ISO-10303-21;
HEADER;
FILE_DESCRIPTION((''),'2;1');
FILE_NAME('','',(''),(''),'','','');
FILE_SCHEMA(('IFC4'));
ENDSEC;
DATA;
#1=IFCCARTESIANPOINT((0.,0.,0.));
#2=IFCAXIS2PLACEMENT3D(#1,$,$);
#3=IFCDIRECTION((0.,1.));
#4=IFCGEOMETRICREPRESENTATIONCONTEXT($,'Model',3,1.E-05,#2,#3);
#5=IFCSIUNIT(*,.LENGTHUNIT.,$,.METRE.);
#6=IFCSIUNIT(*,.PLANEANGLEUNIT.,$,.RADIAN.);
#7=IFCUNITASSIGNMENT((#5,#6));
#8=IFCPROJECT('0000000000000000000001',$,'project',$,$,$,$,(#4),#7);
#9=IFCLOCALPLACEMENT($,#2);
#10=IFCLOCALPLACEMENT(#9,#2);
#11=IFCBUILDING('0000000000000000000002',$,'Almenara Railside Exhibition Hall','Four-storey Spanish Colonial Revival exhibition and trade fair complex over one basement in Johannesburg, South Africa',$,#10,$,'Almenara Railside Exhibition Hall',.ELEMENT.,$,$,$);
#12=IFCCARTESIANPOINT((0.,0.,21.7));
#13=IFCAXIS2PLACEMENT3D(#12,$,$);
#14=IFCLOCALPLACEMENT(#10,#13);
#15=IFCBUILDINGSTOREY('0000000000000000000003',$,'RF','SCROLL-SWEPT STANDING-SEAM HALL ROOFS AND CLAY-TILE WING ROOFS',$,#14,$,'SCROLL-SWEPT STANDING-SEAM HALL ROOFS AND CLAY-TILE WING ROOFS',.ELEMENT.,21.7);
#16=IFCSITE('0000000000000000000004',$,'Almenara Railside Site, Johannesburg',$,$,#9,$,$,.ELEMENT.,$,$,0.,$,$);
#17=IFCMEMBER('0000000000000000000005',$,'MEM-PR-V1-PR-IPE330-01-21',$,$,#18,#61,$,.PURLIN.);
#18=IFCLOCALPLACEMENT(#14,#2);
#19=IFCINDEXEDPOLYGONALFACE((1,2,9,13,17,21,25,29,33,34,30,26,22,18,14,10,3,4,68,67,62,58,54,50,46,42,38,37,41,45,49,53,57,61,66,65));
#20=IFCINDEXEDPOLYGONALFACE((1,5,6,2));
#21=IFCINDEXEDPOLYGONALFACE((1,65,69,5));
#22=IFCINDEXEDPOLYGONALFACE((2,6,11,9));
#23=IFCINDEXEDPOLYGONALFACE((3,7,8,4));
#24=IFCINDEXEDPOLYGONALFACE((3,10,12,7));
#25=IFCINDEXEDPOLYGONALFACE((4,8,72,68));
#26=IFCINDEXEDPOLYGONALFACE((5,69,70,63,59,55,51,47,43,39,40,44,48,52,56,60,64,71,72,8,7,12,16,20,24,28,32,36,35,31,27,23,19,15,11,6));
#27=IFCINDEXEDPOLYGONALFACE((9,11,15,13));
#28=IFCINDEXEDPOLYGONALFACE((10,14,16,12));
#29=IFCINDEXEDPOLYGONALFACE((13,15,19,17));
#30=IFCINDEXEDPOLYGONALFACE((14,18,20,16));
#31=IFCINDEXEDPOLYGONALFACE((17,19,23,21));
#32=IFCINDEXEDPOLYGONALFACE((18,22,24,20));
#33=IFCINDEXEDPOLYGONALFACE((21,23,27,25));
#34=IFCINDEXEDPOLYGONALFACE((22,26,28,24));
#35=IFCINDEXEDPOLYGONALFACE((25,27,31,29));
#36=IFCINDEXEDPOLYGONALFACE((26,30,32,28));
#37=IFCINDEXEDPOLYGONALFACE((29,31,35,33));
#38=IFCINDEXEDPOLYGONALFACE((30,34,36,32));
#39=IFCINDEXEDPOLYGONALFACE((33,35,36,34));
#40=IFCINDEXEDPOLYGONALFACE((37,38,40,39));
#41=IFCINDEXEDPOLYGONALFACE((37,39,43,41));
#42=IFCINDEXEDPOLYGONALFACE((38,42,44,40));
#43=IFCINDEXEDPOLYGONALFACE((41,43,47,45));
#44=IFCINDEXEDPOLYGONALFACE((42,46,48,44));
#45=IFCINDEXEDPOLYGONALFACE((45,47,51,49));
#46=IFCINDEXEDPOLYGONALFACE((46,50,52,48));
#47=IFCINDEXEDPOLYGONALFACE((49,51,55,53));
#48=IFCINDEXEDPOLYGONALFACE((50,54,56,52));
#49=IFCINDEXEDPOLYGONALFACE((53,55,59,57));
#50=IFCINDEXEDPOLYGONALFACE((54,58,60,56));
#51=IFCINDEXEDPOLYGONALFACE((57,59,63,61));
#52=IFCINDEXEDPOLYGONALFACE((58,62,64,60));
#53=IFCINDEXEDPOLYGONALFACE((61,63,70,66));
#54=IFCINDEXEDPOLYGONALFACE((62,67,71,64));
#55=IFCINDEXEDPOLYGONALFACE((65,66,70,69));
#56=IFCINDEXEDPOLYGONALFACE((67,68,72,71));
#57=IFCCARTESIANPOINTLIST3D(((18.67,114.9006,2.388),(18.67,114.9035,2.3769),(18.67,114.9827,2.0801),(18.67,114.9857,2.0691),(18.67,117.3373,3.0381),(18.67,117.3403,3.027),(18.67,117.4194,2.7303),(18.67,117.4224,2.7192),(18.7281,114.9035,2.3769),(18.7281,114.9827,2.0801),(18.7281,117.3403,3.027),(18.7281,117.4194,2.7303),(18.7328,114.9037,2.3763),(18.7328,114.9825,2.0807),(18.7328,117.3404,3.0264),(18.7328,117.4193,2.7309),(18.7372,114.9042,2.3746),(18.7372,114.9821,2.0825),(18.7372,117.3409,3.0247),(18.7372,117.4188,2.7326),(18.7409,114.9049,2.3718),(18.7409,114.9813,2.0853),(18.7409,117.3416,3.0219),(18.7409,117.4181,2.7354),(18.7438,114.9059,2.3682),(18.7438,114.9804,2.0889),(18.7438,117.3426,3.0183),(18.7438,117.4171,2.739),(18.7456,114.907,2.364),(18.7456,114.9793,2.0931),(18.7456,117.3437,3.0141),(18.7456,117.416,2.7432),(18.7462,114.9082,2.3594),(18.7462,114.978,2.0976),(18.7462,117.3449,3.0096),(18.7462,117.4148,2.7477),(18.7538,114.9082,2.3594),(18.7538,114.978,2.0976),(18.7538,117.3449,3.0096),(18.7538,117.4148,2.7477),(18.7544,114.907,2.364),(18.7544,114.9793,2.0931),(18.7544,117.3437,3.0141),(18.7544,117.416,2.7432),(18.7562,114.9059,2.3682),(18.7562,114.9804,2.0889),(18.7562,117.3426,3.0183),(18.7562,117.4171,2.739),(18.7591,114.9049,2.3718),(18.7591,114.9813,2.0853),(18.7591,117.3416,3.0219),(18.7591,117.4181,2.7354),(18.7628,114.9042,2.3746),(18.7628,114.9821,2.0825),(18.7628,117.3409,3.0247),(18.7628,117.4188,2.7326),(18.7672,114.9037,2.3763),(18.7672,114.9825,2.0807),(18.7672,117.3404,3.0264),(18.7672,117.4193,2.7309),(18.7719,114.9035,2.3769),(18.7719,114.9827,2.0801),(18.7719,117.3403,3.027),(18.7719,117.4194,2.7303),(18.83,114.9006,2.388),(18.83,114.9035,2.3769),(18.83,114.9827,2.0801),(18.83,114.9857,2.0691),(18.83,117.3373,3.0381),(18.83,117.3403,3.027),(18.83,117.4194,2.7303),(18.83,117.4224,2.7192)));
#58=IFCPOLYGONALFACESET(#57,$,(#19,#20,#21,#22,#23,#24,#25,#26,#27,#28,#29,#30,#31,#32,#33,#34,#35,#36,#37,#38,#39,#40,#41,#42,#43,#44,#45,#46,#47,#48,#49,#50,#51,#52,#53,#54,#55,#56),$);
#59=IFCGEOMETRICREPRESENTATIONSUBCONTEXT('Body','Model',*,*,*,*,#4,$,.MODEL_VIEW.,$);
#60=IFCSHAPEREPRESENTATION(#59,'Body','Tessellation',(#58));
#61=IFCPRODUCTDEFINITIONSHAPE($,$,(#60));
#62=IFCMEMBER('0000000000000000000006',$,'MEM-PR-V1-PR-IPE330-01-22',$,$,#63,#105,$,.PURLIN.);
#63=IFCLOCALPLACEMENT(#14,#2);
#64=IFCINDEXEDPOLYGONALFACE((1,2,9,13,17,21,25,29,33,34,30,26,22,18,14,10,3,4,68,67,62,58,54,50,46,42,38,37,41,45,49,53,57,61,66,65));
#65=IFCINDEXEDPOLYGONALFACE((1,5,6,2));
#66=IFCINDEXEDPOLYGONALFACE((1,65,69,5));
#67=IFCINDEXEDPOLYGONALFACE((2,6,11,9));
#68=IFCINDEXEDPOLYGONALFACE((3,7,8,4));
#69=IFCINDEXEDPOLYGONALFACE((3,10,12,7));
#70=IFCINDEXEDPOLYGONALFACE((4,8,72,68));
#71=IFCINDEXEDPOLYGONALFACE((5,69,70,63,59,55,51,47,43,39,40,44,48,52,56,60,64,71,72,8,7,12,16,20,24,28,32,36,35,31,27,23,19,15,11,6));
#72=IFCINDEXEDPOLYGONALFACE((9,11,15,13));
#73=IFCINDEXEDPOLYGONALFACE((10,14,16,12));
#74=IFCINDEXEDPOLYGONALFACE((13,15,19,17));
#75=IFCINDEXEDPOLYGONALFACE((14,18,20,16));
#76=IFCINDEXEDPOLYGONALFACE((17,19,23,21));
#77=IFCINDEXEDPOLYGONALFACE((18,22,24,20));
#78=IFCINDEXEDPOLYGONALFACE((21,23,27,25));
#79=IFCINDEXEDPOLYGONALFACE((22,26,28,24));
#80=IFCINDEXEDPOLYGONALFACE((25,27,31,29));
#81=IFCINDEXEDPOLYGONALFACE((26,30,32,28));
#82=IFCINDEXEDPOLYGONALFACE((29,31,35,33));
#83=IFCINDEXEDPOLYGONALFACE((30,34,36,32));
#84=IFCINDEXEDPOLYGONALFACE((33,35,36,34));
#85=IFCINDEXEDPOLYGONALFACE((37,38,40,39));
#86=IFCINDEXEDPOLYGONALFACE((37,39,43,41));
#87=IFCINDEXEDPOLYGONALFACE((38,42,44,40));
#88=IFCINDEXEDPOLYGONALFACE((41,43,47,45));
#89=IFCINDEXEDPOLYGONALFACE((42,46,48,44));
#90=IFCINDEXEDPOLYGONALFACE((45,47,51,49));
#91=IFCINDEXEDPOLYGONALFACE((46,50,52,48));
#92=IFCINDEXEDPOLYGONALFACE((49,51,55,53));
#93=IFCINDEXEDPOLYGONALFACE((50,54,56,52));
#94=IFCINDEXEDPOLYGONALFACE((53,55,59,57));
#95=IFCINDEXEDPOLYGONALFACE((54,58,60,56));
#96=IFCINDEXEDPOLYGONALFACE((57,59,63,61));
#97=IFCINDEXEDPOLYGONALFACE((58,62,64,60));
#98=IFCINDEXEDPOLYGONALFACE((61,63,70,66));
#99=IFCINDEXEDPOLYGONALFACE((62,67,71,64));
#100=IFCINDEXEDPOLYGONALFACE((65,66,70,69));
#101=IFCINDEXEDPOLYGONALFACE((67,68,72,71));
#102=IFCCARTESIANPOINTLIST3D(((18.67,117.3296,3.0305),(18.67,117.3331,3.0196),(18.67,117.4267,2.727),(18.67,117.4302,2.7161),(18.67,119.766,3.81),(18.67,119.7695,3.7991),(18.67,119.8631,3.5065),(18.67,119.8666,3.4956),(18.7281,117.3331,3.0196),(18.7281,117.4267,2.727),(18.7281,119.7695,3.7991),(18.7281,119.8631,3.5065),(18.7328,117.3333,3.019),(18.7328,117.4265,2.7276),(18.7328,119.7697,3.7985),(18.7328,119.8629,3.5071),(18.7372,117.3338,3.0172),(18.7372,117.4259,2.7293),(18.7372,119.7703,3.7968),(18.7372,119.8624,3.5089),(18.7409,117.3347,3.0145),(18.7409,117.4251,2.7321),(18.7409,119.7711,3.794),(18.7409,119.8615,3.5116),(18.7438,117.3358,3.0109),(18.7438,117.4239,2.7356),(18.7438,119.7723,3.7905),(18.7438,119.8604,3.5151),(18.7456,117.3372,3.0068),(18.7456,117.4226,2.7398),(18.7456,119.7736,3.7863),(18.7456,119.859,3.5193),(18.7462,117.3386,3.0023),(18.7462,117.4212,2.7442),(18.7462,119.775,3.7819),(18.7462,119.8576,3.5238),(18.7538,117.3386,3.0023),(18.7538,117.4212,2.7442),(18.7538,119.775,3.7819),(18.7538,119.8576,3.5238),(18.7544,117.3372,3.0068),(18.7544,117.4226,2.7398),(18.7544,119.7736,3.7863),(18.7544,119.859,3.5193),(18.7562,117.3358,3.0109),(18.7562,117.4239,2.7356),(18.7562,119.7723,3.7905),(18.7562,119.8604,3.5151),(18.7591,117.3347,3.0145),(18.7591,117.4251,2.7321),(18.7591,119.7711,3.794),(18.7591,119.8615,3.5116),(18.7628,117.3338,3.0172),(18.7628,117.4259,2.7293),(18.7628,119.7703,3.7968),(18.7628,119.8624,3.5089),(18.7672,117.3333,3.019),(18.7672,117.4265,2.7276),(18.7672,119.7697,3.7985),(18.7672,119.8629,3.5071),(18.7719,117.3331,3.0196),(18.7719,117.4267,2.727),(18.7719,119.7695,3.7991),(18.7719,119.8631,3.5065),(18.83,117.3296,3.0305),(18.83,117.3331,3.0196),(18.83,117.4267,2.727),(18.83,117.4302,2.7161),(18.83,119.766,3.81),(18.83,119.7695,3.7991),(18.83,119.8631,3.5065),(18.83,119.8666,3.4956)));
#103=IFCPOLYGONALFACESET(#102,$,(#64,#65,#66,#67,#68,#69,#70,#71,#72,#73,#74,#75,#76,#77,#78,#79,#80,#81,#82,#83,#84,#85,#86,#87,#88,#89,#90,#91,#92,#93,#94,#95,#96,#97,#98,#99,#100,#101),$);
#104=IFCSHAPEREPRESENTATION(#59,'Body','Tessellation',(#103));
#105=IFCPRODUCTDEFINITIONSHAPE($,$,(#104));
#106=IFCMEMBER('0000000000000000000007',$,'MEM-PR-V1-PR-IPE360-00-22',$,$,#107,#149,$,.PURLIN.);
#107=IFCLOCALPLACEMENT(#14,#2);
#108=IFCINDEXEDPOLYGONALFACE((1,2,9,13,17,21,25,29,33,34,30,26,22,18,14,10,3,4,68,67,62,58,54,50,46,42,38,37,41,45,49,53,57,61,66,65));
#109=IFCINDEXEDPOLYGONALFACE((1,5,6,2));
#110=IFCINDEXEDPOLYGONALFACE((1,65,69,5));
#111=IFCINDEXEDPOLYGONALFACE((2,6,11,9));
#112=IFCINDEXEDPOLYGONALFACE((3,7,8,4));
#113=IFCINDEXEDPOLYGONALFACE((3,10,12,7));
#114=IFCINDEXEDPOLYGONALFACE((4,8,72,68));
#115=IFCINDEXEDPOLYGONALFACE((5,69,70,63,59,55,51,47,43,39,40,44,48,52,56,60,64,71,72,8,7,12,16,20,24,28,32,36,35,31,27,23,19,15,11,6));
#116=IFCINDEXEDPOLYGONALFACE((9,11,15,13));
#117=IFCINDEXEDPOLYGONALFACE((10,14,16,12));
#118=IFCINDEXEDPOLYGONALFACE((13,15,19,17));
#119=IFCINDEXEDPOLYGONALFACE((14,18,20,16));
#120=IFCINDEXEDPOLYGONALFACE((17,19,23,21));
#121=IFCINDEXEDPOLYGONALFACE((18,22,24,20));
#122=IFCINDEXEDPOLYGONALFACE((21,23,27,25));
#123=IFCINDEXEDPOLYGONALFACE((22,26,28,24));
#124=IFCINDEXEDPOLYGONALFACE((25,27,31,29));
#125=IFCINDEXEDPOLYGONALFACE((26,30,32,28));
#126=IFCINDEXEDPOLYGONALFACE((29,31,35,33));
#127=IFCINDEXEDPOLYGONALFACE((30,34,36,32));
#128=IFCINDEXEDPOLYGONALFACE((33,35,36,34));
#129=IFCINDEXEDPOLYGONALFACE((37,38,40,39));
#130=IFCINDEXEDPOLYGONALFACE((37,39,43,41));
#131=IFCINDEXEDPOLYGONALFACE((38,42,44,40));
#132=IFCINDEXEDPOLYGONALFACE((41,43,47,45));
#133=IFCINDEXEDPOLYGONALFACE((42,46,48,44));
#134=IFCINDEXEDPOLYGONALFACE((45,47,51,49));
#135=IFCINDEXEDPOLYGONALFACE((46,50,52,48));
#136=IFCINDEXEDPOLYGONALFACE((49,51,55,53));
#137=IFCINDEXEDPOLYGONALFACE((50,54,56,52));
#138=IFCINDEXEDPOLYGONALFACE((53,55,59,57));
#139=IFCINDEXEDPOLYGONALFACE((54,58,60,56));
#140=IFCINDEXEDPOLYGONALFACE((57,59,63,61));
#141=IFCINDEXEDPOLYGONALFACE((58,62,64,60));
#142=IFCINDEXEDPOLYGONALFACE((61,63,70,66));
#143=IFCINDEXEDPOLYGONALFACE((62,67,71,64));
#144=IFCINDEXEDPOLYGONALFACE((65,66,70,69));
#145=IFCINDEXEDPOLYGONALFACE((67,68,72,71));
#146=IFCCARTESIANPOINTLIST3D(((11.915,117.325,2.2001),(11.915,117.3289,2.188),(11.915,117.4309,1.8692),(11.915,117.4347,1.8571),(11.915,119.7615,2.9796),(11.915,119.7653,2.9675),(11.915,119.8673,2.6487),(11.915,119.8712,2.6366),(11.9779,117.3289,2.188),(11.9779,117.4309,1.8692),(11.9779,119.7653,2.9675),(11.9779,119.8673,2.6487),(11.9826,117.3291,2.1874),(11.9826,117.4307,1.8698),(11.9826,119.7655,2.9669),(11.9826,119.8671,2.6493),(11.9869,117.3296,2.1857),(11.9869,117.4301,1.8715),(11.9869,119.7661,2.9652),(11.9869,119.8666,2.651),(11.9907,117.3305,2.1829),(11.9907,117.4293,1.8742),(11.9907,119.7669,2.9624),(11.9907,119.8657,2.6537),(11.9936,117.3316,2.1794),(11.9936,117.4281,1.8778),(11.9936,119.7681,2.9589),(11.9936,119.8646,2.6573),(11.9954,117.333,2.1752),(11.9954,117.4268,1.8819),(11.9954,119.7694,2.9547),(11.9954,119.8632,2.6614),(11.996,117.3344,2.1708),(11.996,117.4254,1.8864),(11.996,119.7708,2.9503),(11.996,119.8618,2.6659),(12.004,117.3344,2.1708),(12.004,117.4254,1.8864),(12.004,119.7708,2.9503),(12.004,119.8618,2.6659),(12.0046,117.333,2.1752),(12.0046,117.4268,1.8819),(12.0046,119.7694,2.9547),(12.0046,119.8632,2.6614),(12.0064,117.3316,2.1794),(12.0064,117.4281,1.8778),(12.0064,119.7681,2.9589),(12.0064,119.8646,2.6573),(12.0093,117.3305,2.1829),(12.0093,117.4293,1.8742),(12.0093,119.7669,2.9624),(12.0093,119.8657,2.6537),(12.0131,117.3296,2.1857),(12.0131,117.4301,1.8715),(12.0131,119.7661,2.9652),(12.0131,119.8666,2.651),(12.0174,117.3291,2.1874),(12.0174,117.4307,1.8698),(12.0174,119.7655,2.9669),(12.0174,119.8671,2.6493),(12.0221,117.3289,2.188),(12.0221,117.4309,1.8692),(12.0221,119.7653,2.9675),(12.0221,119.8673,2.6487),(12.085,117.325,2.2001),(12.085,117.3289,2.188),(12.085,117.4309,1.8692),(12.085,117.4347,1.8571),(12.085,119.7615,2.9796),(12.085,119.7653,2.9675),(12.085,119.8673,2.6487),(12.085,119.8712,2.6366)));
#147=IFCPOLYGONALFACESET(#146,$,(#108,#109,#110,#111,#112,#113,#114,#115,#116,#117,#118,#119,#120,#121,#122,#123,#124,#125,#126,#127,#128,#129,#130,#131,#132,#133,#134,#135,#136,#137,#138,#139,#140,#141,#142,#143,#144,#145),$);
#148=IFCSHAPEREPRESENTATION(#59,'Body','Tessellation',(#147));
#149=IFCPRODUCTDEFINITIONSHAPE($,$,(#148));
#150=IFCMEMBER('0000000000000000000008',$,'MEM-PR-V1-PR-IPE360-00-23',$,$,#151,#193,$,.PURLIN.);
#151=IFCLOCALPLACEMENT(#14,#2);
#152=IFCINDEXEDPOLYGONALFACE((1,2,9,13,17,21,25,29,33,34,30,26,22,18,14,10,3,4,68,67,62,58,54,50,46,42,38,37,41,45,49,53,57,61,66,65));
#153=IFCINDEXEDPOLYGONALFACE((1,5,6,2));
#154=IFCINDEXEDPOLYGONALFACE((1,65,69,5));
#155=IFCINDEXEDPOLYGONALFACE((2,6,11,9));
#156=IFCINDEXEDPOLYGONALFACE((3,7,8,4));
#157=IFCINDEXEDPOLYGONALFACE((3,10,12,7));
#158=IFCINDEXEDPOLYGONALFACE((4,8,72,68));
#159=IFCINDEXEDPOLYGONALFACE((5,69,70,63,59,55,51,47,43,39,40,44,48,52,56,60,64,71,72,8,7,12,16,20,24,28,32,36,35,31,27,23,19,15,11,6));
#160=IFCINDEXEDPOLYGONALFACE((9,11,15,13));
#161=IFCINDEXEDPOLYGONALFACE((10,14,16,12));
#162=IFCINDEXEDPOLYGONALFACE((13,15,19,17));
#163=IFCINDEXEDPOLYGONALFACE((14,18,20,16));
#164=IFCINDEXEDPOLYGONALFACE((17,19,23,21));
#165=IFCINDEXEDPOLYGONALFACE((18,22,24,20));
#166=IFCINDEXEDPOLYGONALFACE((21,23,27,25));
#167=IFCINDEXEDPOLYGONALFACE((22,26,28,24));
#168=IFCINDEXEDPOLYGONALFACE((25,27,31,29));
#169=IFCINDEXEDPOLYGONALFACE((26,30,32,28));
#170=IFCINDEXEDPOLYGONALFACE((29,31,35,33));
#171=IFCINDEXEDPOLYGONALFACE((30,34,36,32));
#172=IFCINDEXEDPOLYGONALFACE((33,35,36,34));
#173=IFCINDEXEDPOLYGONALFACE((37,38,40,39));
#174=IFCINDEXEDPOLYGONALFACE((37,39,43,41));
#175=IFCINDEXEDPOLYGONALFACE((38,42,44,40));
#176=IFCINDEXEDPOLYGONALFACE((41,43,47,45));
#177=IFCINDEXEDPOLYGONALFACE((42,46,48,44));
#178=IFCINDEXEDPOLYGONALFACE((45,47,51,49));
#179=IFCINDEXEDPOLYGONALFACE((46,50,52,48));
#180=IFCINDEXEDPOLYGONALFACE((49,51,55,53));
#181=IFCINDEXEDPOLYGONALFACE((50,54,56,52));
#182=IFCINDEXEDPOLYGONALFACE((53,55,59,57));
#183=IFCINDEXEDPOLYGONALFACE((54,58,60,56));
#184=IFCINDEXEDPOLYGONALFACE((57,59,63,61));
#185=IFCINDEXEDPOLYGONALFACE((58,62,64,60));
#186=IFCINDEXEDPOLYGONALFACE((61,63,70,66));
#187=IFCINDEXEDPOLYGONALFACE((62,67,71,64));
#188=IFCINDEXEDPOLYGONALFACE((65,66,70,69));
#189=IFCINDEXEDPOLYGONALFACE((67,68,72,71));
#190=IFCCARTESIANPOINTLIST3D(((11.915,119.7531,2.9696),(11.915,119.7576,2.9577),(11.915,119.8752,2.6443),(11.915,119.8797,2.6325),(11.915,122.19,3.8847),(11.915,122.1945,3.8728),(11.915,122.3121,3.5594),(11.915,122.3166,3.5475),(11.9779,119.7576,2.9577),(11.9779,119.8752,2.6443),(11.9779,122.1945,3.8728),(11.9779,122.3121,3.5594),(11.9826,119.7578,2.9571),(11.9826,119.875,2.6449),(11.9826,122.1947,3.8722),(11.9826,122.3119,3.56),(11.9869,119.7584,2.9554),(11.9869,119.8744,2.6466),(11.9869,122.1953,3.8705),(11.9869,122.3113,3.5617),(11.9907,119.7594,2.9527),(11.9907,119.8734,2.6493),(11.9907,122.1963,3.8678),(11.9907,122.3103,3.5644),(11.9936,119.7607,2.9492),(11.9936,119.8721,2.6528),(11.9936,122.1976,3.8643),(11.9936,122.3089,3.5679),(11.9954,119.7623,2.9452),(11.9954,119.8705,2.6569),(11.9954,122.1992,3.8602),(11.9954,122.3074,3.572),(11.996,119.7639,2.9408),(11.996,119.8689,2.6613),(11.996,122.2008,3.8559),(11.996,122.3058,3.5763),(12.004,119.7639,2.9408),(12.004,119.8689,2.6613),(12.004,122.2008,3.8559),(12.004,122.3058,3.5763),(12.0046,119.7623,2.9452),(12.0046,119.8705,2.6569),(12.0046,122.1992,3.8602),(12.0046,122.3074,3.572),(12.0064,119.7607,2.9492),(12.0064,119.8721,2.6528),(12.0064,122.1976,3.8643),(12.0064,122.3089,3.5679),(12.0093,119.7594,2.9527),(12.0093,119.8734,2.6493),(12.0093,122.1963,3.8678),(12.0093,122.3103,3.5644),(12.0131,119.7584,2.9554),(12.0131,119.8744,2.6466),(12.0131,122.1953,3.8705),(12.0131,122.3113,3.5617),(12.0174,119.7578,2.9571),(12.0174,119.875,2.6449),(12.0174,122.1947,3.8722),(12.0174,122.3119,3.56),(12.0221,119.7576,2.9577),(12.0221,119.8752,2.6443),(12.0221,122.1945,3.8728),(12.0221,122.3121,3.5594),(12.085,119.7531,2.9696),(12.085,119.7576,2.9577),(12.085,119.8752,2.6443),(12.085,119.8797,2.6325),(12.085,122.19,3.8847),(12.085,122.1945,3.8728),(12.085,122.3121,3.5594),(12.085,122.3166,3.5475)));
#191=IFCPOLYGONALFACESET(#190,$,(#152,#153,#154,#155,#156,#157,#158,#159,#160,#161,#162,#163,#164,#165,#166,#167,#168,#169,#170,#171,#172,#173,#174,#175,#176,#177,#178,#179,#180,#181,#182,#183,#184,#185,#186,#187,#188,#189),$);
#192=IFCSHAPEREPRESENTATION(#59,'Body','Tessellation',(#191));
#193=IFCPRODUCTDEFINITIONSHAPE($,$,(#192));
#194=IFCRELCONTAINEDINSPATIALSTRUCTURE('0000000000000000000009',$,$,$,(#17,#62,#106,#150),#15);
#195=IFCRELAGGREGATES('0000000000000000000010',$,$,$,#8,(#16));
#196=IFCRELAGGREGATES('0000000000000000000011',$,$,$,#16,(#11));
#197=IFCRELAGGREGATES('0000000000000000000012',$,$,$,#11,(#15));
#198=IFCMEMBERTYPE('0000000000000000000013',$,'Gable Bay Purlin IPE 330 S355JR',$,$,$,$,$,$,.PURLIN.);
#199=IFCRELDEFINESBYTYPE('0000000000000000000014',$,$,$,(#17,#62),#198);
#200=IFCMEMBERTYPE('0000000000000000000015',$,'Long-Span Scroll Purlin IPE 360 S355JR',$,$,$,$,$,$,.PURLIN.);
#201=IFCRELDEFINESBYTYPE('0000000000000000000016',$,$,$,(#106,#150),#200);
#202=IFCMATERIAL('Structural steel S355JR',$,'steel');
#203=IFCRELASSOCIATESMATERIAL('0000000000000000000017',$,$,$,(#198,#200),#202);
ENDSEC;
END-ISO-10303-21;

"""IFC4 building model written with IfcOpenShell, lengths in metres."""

from ifc_helpers import new_model, si_unit, direction, frame, origin, origin_2d, place, context, subcontext, project, spatial, i_section, extrude, material, material_profile, profile_set, type_object, element, save


model = new_model("IFC4")

# Units and contexts
model_context = context("Model", 3, precision=1e-05, world=origin(), true_north=direction((0.0, 1.0)))
body_context = subcontext(model_context, "Body", "Model", "MODEL_VIEW")
ifc_project = project(units=[si_unit("LENGTHUNIT", "METRE"), si_unit("PLANEANGLEUNIT", "RADIAN")], contexts=[model_context])

# Site, building, storey
site_placement = place(None, origin())
site = spatial("IfcSite", under=ifc_project, at=site_placement, Name="Almenara Railside Site, Johannesburg", CompositionType="ELEMENT", RefElevation=0.0)
building_placement = place(site_placement, origin())
building = spatial("IfcBuilding", under=site, at=building_placement, Name="Almenara Railside Exhibition Hall", Description="Four-storey Spanish Colonial Revival exhibition and trade fair complex over one basement in Johannesburg, South Africa", LongName="Almenara Railside Exhibition Hall", CompositionType="ELEMENT")
storey_placement = place(building_placement, frame((0.0, 0.0, 21.7)))
storey = spatial("IfcBuildingStorey", under=building, at=storey_placement, Name="RF", Description="SCROLL-SWEPT STANDING-SEAM HALL ROOFS AND CLAY-TILE WING ROOFS", LongName="SCROLL-SWEPT STANDING-SEAM HALL ROOFS AND CLAY-TILE WING ROOFS", CompositionType="ELEMENT", Elevation=21.7)

# Members
ifc_material_1 = material(Name="Structural steel S355JR", Category="steel")
ifc_material_profile_1 = material_profile(ifc_material_1, i_section(OverallWidth=0.1599, OverallDepth=0.3301, WebThickness=0.0076, FlangeThickness=0.0115, FilletRadius=0.0181, at=origin_2d()), Name="IPE 330")
ifc_profile_set_1 = profile_set([ifc_material_profile_1], Name="Structural steel S355JR")
member_type_1 = type_object("IfcMemberType", Name="Gable Bay Purlin IPE 330 S355JR", PredefinedType="PURLIN", material=ifc_profile_set_1)
member_1_placement = place(storey_placement, frame((18.75, 114.9431, 2.2285), z_axis=(0.0, 0.966201, 0.257789), x_axis=(-1.0, 0.0, 0.0)))
element("IfcMember", 1, at=member_1_placement, inside=storey, type_object=member_type_1, Name="MEM-PR-V1-PR-IPE330-01-21", PredefinedType="PURLIN", context=body_context, shape_type="SweptSolid", body=[
    extrude(i_section(OverallWidth=0.1599, OverallDepth=0.3301, WebThickness=0.0076, FlangeThickness=0.0115, FilletRadius=0.0181, at=origin_2d()), origin(), (0.0, 0.0, 1.0), 2.522),
])
member_2_placement = place(storey_placement, frame((18.75, 117.3799, 2.8733), z_axis=(0.0, 0.952441, 0.304724), x_axis=(-1.0, 0.0, 0.0)))
element("IfcMember", 2, at=member_2_placement, inside=storey, type_object=member_type_1, Name="MEM-PR-V1-PR-IPE330-01-22", PredefinedType="PURLIN", context=body_context, shape_type="SweptSolid", body=[
    extrude(i_section(OverallWidth=0.1599, OverallDepth=0.3301, WebThickness=0.0076, FlangeThickness=0.0115, FilletRadius=0.0181, at=origin_2d()), origin(), (0.0, 0.0, 1.0), 2.5581),
])
ifc_material_profile_2 = material_profile(ifc_material_1, i_section(OverallWidth=0.1699, OverallDepth=0.3601, WebThickness=0.0081, FlangeThickness=0.0127, FilletRadius=0.0181, at=origin_2d()), Name="IPE 360")
ifc_profile_set_2 = profile_set([ifc_material_profile_2], Name="Structural steel S355JR")
member_type_2 = type_object("IfcMemberType", Name="Long-Span Scroll Purlin IPE 360 S355JR", PredefinedType="PURLIN", material=ifc_profile_set_2)
member_3_placement = place(storey_placement, frame((12.0, 117.3799, 2.0286), z_axis=(0.0, 0.952441, 0.304724), x_axis=(-1.0, 0.0, 0.0)))
element("IfcMember", 3, at=member_3_placement, inside=storey, type_object=member_type_2, Name="MEM-PR-V1-PR-IPE360-00-22", PredefinedType="PURLIN", context=body_context, shape_type="SweptSolid", body=[
    extrude(i_section(OverallWidth=0.1699, OverallDepth=0.3601, WebThickness=0.0081, FlangeThickness=0.0127, FilletRadius=0.0181, at=origin_2d()), origin(), (0.0, 0.0, 1.0), 2.5581),
])
member_4_placement = place(storey_placement, frame((12.0, 119.8164, 2.801), z_axis=(0.0, 0.936171, 0.351545), x_axis=(-1.0, 0.0, 0.0)))
element("IfcMember", 4, at=member_4_placement, inside=storey, type_object=member_type_2, Name="MEM-PR-V1-PR-IPE360-00-23", PredefinedType="PURLIN", context=body_context, shape_type="SweptSolid", body=[
    extrude(i_section(OverallWidth=0.1699, OverallDepth=0.3601, WebThickness=0.0081, FlangeThickness=0.0127, FilletRadius=0.0181, at=origin_2d()), origin(), (0.0, 0.0, 1.0), 2.603),
])

save(model, "model.ifc")
